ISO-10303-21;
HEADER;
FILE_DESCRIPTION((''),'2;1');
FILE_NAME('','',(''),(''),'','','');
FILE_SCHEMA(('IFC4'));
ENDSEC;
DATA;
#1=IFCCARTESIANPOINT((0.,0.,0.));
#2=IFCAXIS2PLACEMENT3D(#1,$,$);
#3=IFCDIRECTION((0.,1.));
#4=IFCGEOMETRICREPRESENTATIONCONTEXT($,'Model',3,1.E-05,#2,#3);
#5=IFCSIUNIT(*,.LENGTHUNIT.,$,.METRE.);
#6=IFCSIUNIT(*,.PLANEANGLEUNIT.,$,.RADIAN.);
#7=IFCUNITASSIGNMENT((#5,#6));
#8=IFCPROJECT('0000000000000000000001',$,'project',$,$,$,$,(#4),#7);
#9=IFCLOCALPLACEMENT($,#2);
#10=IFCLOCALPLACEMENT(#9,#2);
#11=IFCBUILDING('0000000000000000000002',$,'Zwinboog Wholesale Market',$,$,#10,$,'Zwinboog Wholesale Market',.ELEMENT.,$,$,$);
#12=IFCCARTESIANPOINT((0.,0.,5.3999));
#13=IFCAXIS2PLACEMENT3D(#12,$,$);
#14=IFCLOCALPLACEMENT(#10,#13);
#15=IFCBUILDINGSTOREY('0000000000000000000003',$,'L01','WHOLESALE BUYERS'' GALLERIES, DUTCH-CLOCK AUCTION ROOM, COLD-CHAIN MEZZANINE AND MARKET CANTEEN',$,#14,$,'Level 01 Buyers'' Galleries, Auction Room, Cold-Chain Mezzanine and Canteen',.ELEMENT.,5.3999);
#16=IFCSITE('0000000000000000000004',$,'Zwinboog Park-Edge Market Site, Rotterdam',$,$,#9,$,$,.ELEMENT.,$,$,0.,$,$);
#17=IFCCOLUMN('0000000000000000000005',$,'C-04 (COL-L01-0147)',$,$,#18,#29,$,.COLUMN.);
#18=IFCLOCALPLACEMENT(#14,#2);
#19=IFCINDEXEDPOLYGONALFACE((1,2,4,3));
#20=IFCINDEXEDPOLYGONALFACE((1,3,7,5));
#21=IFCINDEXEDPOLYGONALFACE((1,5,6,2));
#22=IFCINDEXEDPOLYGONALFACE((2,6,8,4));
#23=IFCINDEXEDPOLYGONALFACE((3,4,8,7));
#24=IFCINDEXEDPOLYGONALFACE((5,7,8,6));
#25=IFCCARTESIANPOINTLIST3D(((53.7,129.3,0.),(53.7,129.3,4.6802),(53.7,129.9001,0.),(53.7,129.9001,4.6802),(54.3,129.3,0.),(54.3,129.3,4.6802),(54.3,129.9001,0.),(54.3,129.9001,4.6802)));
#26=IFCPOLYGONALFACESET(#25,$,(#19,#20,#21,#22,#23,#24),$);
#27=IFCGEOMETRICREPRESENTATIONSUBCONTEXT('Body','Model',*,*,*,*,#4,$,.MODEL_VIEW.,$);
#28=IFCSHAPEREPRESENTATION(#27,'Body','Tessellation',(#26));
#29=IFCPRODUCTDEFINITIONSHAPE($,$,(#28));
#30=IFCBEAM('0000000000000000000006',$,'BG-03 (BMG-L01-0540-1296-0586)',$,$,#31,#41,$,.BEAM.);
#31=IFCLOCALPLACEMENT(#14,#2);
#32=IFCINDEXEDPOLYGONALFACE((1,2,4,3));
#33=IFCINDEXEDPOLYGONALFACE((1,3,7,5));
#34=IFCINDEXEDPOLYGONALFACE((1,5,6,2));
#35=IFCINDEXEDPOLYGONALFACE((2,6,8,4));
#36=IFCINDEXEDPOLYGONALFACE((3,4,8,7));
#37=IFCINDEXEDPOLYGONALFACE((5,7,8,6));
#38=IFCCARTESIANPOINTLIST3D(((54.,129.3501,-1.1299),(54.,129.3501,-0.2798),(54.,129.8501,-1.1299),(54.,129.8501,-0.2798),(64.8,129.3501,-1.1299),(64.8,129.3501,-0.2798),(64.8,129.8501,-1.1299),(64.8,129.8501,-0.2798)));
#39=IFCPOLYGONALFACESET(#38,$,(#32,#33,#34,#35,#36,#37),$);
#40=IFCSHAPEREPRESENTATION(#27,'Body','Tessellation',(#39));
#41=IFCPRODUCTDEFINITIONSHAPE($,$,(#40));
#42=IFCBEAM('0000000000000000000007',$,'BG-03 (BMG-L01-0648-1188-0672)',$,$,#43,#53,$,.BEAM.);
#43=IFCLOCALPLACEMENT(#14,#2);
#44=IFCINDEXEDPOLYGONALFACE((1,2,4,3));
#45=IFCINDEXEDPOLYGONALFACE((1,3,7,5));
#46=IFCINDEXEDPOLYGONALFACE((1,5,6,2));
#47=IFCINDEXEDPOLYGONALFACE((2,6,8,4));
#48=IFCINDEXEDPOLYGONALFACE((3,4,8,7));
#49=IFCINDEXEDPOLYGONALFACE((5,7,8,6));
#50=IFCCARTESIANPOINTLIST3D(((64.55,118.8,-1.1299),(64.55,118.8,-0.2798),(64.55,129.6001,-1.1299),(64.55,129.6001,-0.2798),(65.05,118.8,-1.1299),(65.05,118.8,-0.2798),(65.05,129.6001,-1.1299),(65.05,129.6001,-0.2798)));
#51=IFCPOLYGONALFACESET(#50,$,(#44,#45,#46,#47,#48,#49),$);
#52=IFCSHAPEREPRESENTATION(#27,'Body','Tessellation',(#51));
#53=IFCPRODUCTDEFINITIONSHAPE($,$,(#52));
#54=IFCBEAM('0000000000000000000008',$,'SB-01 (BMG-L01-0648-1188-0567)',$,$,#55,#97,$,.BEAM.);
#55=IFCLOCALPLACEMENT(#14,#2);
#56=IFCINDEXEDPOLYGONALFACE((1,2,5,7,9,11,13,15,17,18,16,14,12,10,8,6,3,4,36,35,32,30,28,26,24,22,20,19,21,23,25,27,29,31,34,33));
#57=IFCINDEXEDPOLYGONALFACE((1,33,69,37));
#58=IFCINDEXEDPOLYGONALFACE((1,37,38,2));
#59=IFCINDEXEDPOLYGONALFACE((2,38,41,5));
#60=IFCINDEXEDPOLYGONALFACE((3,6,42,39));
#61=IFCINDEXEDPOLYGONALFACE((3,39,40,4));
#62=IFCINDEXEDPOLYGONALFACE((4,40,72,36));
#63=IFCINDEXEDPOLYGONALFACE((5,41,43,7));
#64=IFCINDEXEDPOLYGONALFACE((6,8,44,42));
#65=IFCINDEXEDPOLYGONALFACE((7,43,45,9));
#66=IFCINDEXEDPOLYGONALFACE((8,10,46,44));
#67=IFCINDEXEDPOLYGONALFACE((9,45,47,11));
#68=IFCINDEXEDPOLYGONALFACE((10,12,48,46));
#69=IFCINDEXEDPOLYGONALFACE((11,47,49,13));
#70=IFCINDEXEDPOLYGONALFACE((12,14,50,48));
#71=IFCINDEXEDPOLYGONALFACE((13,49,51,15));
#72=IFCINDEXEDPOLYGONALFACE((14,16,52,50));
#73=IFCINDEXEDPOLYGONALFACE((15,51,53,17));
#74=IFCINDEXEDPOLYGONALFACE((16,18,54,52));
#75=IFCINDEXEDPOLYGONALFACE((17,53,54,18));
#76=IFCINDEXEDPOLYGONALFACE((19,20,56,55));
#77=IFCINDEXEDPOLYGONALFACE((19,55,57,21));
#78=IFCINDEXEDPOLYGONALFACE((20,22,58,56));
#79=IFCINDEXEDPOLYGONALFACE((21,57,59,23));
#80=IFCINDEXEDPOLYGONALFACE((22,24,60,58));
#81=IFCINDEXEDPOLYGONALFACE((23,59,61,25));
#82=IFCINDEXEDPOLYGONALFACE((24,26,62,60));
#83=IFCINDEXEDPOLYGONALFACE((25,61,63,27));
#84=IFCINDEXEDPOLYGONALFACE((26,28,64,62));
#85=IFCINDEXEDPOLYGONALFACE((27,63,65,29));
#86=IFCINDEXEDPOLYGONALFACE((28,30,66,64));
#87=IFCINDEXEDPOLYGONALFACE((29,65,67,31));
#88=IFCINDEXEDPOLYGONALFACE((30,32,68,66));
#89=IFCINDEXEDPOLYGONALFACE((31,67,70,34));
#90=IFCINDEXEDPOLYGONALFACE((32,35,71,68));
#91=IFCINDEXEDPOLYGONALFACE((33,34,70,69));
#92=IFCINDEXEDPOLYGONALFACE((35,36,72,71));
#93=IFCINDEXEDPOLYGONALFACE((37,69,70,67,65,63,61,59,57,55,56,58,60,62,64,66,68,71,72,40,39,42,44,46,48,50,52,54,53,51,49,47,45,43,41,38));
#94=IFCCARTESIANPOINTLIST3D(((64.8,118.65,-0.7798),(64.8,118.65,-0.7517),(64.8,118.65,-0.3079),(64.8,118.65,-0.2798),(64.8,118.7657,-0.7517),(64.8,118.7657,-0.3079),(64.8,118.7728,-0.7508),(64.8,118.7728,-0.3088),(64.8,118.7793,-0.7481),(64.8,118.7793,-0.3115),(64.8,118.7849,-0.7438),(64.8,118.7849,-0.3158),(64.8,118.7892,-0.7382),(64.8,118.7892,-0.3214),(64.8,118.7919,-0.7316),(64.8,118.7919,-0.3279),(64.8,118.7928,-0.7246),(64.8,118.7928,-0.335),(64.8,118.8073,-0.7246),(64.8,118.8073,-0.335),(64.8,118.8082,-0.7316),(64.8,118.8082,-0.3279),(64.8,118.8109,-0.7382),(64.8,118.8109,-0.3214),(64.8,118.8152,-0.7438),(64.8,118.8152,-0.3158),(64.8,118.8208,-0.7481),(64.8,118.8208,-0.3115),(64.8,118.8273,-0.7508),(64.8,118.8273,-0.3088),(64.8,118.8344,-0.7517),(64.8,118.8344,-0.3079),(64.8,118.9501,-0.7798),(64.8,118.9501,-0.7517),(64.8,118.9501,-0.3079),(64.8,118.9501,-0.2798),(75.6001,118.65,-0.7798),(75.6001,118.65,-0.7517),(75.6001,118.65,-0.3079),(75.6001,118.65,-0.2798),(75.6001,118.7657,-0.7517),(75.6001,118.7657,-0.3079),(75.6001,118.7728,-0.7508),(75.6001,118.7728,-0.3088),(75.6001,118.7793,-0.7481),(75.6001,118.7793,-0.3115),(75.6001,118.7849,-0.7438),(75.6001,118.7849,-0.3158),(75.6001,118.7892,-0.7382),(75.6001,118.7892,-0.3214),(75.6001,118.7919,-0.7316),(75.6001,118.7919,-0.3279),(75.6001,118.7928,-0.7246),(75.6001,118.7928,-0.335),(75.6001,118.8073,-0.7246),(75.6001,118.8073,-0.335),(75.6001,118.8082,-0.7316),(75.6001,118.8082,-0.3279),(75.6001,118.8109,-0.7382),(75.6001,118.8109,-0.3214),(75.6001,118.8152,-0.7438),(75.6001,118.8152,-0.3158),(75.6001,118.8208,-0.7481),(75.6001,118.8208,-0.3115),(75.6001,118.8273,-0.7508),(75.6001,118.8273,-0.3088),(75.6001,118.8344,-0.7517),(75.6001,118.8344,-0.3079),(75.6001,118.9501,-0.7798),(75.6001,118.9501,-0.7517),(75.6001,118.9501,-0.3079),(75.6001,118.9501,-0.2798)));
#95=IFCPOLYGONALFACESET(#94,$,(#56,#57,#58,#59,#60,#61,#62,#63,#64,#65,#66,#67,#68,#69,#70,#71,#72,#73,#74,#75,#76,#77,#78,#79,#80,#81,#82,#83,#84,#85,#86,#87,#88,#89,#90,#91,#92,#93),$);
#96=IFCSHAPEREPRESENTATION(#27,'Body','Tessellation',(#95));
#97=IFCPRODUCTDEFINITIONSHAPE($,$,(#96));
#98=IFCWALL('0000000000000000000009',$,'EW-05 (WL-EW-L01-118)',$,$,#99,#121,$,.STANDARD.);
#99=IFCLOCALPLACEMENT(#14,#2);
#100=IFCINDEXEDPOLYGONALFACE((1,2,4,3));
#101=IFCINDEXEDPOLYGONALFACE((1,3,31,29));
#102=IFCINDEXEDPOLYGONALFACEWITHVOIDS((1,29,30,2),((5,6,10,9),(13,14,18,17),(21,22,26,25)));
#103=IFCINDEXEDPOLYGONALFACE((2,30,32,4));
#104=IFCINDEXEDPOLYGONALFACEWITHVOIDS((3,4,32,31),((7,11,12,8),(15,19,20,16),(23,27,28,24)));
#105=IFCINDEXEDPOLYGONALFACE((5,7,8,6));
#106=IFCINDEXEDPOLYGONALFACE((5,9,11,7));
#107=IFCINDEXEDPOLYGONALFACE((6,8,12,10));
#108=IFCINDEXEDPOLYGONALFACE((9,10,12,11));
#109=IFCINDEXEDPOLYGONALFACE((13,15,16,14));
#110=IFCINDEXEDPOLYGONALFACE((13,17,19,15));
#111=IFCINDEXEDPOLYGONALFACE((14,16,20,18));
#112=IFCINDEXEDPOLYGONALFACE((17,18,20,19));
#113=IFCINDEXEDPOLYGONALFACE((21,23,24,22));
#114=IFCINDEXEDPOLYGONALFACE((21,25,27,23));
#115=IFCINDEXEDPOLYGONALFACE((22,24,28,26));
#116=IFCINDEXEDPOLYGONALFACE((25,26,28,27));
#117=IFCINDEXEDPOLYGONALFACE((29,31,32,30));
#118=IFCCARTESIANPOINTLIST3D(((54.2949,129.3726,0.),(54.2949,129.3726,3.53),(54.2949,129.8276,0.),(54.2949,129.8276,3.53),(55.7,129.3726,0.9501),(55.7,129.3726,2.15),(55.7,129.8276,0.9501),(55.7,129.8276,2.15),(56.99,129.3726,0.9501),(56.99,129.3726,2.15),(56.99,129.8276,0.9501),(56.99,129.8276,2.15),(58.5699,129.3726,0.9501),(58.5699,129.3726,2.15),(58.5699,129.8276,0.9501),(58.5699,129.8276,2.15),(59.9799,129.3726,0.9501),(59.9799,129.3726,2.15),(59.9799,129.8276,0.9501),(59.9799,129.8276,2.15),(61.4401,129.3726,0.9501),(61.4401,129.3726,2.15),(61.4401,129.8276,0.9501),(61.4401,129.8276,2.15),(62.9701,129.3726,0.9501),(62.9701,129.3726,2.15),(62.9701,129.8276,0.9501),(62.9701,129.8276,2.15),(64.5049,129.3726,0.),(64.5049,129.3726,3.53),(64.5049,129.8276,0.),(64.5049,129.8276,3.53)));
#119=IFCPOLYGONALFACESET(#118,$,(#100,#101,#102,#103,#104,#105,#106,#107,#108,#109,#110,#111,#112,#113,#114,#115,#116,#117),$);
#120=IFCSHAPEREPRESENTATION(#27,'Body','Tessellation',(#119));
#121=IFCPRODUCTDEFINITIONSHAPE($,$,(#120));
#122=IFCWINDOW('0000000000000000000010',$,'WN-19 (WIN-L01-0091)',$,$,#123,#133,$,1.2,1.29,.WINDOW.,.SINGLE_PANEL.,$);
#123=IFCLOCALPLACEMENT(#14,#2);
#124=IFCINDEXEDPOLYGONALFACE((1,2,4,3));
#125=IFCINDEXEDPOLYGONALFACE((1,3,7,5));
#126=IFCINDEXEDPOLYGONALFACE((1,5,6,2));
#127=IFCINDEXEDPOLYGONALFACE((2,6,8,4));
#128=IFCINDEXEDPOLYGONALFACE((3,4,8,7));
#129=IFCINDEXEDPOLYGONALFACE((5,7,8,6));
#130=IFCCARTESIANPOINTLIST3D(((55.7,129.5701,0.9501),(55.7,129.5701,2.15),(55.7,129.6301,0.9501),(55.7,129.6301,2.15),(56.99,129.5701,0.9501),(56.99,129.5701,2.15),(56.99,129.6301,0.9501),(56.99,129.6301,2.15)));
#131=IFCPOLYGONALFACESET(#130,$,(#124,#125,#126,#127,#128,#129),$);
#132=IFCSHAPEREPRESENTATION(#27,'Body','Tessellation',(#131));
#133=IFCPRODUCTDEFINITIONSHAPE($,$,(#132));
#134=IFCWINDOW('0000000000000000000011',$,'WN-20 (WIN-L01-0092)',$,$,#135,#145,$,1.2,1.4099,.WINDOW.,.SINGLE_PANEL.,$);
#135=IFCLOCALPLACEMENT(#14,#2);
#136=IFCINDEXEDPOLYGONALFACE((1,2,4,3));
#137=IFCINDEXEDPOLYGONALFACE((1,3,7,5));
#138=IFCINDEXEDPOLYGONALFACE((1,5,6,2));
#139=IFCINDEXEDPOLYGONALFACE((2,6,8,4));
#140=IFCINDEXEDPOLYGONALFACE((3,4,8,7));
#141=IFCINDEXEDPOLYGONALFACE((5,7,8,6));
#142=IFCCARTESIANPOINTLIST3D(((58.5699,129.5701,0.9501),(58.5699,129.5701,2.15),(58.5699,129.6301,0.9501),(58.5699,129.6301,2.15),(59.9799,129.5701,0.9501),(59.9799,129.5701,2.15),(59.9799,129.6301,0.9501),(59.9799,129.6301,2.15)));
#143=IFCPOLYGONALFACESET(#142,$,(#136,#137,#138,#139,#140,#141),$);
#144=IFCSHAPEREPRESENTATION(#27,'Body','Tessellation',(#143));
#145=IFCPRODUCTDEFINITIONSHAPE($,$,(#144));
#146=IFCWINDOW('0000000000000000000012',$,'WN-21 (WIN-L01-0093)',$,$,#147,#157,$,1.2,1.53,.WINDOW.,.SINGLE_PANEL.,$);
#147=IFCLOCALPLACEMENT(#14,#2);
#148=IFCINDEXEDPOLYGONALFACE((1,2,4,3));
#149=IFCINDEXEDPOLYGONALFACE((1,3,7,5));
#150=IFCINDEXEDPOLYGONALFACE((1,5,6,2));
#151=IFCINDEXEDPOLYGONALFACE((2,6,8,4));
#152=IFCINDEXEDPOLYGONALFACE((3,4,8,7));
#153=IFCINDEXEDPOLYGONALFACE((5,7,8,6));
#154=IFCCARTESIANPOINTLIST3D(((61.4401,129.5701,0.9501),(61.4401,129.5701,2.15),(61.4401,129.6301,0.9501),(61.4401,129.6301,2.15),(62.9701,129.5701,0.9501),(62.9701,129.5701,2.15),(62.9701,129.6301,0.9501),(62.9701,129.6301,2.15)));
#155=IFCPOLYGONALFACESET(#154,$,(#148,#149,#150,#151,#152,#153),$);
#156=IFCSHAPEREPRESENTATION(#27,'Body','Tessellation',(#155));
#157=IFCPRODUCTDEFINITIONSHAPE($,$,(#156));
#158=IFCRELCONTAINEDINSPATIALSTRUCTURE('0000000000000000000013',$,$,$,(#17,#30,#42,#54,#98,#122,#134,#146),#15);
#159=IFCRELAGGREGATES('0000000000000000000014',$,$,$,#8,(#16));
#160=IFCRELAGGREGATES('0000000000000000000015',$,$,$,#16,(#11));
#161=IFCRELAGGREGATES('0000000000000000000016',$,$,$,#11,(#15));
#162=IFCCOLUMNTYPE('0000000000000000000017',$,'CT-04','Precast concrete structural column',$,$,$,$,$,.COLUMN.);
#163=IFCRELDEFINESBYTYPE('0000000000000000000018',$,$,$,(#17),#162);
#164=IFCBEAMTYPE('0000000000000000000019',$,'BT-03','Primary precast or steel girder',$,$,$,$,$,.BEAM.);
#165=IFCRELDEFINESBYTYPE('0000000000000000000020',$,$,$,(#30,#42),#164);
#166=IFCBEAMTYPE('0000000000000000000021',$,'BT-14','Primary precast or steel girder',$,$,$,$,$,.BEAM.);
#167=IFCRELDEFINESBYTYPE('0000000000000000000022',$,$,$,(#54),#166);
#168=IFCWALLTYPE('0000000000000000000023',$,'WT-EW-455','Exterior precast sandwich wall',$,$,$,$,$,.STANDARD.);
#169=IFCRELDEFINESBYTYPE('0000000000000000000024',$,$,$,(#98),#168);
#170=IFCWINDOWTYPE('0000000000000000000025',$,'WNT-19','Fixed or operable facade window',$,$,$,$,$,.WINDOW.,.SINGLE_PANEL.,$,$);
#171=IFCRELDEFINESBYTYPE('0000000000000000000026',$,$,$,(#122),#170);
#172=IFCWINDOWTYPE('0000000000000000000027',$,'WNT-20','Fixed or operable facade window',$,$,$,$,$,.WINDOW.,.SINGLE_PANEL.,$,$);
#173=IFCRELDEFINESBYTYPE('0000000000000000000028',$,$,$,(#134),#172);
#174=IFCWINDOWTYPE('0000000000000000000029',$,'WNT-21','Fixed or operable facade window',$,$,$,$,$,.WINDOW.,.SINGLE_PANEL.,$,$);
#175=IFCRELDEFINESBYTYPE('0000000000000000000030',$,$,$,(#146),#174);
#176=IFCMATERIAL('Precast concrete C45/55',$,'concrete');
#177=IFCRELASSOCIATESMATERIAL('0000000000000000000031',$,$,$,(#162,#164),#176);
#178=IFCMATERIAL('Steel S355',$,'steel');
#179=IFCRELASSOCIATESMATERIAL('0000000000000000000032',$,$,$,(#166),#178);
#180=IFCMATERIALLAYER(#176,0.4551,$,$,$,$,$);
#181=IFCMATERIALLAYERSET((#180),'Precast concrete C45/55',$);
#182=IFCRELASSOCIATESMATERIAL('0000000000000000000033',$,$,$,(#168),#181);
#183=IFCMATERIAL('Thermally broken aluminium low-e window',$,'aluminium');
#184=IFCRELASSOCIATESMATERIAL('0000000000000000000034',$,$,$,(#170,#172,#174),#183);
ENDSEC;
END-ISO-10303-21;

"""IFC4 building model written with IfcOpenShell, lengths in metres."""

from ifc_helpers import new_model, si_unit, direction, frame, frame_2d, origin, origin_2d, place, context, subcontext, project, spatial, rectangle, i_section, extrude, material, layer, layer_set, material_profile, profile_set, type_object, element, fill, save


model = new_model("IFC4")

# Units and contexts
model_context = context("Model", 3, precision=1e-05, world=origin(), true_north=direction((0.0, 1.0)))
body_context = subcontext(model_context, "Body", "Model", "MODEL_VIEW")
ifc_project = project(units=[si_unit("LENGTHUNIT", "METRE"), si_unit("PLANEANGLEUNIT", "RADIAN")], contexts=[model_context])

# Site, building, storey
site_placement = place(None, origin())
site = spatial("IfcSite", under=ifc_project, at=site_placement, Name="Zwinboog Park-Edge Market Site, Rotterdam", CompositionType="ELEMENT", RefElevation=0.0)
building_placement = place(site_placement, origin())
building = spatial("IfcBuilding", under=site, at=building_placement, Name="Zwinboog Wholesale Market", LongName="Zwinboog Wholesale Market", CompositionType="ELEMENT")
storey_placement = place(building_placement, frame((0.0, 0.0, 5.3999)))
storey = spatial("IfcBuildingStorey", under=building, at=storey_placement, Name="L01", Description="WHOLESALE BUYERS' GALLERIES, DUTCH-CLOCK AUCTION ROOM, COLD-CHAIN MEZZANINE AND MARKET CANTEEN", LongName="Level 01 Buyers' Galleries, Auction Room, Cold-Chain Mezzanine and Canteen", CompositionType="ELEMENT", Elevation=5.3999)

# Column
ifc_material_1 = material(Name="Precast concrete C45/55", Category="concrete")
ifc_material_profile_1 = material_profile(ifc_material_1, rectangle(XDim=0.6001, YDim=0.6001, at=origin_2d()), Name="PC 600x600")
ifc_profile_set_1 = profile_set([ifc_material_profile_1], Name="Precast concrete C45/55")
column_type = type_object("IfcColumnType", Name="CT-04", Description="Precast concrete structural column", PredefinedType="COLUMN", material=ifc_profile_set_1)
column_placement = place(storey_placement, frame((54.0, 129.6001, 0.0), z_axis=(0.0, 0.0, 1.0), x_axis=(1.0, 0.0, 0.0)))
element("IfcColumn", 1, at=column_placement, inside=storey, type_object=column_type, Name="C-04 (COL-L01-0147)", PredefinedType="COLUMN", context=body_context, shape_type="SweptSolid", body=[
    extrude(rectangle(XDim=0.6001, YDim=0.6001, at=origin_2d()), origin(), (0.0, 0.0, 1.0), 4.6802),
])

# Beams
ifc_material_profile_2 = material_profile(ifc_material_1, rectangle(XDim=0.5, YDim=0.8501, at=origin_2d()), Name="PC 500x850")
ifc_profile_set_2 = profile_set([ifc_material_profile_2], Name="Precast concrete C45/55")
beam_type_1 = type_object("IfcBeamType", Name="BT-03", Description="Primary precast or steel girder", PredefinedType="BEAM", material=ifc_profile_set_2)
for number, where, z_axis, x_axis, name in (
    (2, (54.0, 129.6001, -0.7048), (1.0, 0.0, 0.0), (0.0, 1.0, 0.0), "BG-03 (BMG-L01-0540-1296-0586)"),
    (3, (64.8, 118.8, -0.7048), (0.0, 1.0, 0.0), (-1.0, 0.0, 0.0), "BG-03 (BMG-L01-0648-1188-0672)"),
):
    element("IfcBeam", number, at=place(storey_placement, frame(where, z_axis=z_axis, x_axis=x_axis)), inside=storey, type_object=beam_type_1, Name=name, PredefinedType="BEAM", context=body_context, shape_type="SweptSolid", body=[
        extrude(rectangle(XDim=0.5, YDim=0.8501, at=origin_2d()), origin(), (0.0, 0.0, 1.0), 10.8),
    ])
ifc_material_2 = material(Name="Steel S355", Category="steel")
ifc_material_profile_3 = material_profile(ifc_material_2, i_section(OverallWidth=0.3, OverallDepth=0.5, WebThickness=0.0144, FlangeThickness=0.0281, FilletRadius=0.0271, at=origin_2d()), Name="HEB 500")
ifc_profile_set_3 = profile_set([ifc_material_profile_3], Name="Steel S355")
beam_type_2 = type_object("IfcBeamType", Name="BT-14", Description="Primary precast or steel girder", PredefinedType="BEAM", material=ifc_profile_set_3)
beam_placement = place(storey_placement, frame((64.8, 118.8, -0.5298), z_axis=(1.0, 0.0, 0.0), x_axis=(0.0, 1.0, 0.0)))
element("IfcBeam", 4, at=beam_placement, inside=storey, type_object=beam_type_2, Name="SB-01 (BMG-L01-0648-1188-0567)", PredefinedType="BEAM", context=body_context, shape_type="SweptSolid", body=[
    extrude(i_section(OverallWidth=0.3, OverallDepth=0.5, WebThickness=0.0144, FlangeThickness=0.0281, FilletRadius=0.0271, at=origin_2d()), origin(), (0.0, 0.0, 1.0), 10.8),
])

# Wall, openings, windows
ifc_layer_1 = layer(ifc_material_1, 0.4551)
ifc_layer_set_1 = layer_set([ifc_layer_1], Name="Precast concrete C45/55")
wall_type_1 = type_object("IfcWallType", Name="WT-EW-455", Description="Exterior precast sandwich wall", PredefinedType="STANDARD", material=ifc_layer_set_1)
wall_1_placement = place(storey_placement, frame((54.2949, 129.6001, 0.0), z_axis=(0.0, 0.0, 1.0), x_axis=(1.0, 0.0, 0.0)))
wall_1 = element("IfcWall", 5, at=wall_1_placement, inside=storey, type_object=wall_type_1, Name="EW-05 (WL-EW-L01-118)", PredefinedType="STANDARD", context=body_context, shape_type="SweptSolid", body=[
    extrude(rectangle(XDim=10.21, YDim=0.4551, at=frame_2d((5.105, 0.0))), origin(), (0.0, 0.0, 1.0), 3.53),
])
opening_1_placement = place(wall_1_placement, frame((1.405, 0.0, 0.95)))
opening_1 = element("IfcOpeningElement", 6, at=opening_1_placement, cuts=wall_1, PredefinedType="OPENING", context=body_context, shape_type="SweptSolid", body=[
    extrude(rectangle(XDim=1.29, YDim=1.2, at=frame_2d((0.645, 0.6001))), frame((0.0, 0.2375, 0.0), z_axis=(0.0, -1.0, 0.0), x_axis=(1.0, 0.0, 0.0)), (0.0, 0.0, 1.0), 0.4751),
])
opening_2_placement = place(wall_1_placement, frame((4.2749, 0.0, 0.95)))
opening_2 = element("IfcOpeningElement", 7, at=opening_2_placement, cuts=wall_1, PredefinedType="OPENING", context=body_context, shape_type="SweptSolid", body=[
    extrude(rectangle(XDim=1.4099, YDim=1.2, at=frame_2d((0.7051, 0.6001))), frame((0.0, 0.2375, 0.0), z_axis=(0.0, -1.0, 0.0), x_axis=(1.0, 0.0, 0.0)), (0.0, 0.0, 1.0), 0.4751),
])
opening_3_placement = place(wall_1_placement, frame((7.145, 0.0, 0.95)))
opening_3 = element("IfcOpeningElement", 8, at=opening_3_placement, cuts=wall_1, PredefinedType="OPENING", context=body_context, shape_type="SweptSolid", body=[
    extrude(rectangle(XDim=1.53, YDim=1.2, at=frame_2d((0.7651, 0.6001))), frame((0.0, 0.2375, 0.0), z_axis=(0.0, -1.0, 0.0), x_axis=(1.0, 0.0, 0.0)), (0.0, 0.0, 1.0), 0.4751),
])
ifc_material_3 = material(Name="Thermally broken aluminium low-e window", Category="aluminium")
window_type_1 = type_object("IfcWindowType", Name="WNT-19", Description="Fixed or operable facade window", PartitioningType="SINGLE_PANEL", PredefinedType="WINDOW", material=ifc_material_3)
window_1_placement = place(opening_1_placement, origin())
window_1 = element("IfcWindow", 9, at=window_1_placement, inside=storey, type_object=window_type_1, Name="WN-19 (WIN-L01-0091)", OverallHeight=1.2, OverallWidth=1.29, PartitioningType="SINGLE_PANEL", PredefinedType="WINDOW", context=body_context, shape_type="SweptSolid", body=[
    extrude(rectangle(XDim=1.29, YDim=1.2, at=frame_2d((0.645, 0.6001))), frame((0.0, 0.03, 0.0), z_axis=(0.0, -1.0, 0.0), x_axis=(1.0, 0.0, 0.0)), (0.0, 0.0, 1.0), 0.0601),
])
fill(opening_1, window_1)
window_type_2 = type_object("IfcWindowType", Name="WNT-20", Description="Fixed or operable facade window", PartitioningType="SINGLE_PANEL", PredefinedType="WINDOW", material=ifc_material_3)
window_2_placement = place(opening_2_placement, origin())
window_2 = element("IfcWindow", 10, at=window_2_placement, inside=storey, type_object=window_type_2, Name="WN-20 (WIN-L01-0092)", OverallHeight=1.2, OverallWidth=1.4099, PartitioningType="SINGLE_PANEL", PredefinedType="WINDOW", context=body_context, shape_type="SweptSolid", body=[
    extrude(rectangle(XDim=1.4099, YDim=1.2, at=frame_2d((0.7051, 0.6001))), frame((0.0, 0.03, 0.0), z_axis=(0.0, -1.0, 0.0), x_axis=(1.0, 0.0, 0.0)), (0.0, 0.0, 1.0), 0.0601),
])
fill(opening_2, window_2)
window_type_3 = type_object("IfcWindowType", Name="WNT-21", Description="Fixed or operable facade window", PartitioningType="SINGLE_PANEL", PredefinedType="WINDOW", material=ifc_material_3)
window_3_placement = place(opening_3_placement, origin())
window_3 = element("IfcWindow", 11, at=window_3_placement, inside=storey, type_object=window_type_3, Name="WN-21 (WIN-L01-0093)", OverallHeight=1.2, OverallWidth=1.53, PartitioningType="SINGLE_PANEL", PredefinedType="WINDOW", context=body_context, shape_type="SweptSolid", body=[
    extrude(rectangle(XDim=1.53, YDim=1.2, at=frame_2d((0.7651, 0.6001))), frame((0.0, 0.03, 0.0), z_axis=(0.0, -1.0, 0.0), x_axis=(1.0, 0.0, 0.0)), (0.0, 0.0, 1.0), 0.0601),
])
fill(opening_3, window_3)

save(model, "model.ifc")
